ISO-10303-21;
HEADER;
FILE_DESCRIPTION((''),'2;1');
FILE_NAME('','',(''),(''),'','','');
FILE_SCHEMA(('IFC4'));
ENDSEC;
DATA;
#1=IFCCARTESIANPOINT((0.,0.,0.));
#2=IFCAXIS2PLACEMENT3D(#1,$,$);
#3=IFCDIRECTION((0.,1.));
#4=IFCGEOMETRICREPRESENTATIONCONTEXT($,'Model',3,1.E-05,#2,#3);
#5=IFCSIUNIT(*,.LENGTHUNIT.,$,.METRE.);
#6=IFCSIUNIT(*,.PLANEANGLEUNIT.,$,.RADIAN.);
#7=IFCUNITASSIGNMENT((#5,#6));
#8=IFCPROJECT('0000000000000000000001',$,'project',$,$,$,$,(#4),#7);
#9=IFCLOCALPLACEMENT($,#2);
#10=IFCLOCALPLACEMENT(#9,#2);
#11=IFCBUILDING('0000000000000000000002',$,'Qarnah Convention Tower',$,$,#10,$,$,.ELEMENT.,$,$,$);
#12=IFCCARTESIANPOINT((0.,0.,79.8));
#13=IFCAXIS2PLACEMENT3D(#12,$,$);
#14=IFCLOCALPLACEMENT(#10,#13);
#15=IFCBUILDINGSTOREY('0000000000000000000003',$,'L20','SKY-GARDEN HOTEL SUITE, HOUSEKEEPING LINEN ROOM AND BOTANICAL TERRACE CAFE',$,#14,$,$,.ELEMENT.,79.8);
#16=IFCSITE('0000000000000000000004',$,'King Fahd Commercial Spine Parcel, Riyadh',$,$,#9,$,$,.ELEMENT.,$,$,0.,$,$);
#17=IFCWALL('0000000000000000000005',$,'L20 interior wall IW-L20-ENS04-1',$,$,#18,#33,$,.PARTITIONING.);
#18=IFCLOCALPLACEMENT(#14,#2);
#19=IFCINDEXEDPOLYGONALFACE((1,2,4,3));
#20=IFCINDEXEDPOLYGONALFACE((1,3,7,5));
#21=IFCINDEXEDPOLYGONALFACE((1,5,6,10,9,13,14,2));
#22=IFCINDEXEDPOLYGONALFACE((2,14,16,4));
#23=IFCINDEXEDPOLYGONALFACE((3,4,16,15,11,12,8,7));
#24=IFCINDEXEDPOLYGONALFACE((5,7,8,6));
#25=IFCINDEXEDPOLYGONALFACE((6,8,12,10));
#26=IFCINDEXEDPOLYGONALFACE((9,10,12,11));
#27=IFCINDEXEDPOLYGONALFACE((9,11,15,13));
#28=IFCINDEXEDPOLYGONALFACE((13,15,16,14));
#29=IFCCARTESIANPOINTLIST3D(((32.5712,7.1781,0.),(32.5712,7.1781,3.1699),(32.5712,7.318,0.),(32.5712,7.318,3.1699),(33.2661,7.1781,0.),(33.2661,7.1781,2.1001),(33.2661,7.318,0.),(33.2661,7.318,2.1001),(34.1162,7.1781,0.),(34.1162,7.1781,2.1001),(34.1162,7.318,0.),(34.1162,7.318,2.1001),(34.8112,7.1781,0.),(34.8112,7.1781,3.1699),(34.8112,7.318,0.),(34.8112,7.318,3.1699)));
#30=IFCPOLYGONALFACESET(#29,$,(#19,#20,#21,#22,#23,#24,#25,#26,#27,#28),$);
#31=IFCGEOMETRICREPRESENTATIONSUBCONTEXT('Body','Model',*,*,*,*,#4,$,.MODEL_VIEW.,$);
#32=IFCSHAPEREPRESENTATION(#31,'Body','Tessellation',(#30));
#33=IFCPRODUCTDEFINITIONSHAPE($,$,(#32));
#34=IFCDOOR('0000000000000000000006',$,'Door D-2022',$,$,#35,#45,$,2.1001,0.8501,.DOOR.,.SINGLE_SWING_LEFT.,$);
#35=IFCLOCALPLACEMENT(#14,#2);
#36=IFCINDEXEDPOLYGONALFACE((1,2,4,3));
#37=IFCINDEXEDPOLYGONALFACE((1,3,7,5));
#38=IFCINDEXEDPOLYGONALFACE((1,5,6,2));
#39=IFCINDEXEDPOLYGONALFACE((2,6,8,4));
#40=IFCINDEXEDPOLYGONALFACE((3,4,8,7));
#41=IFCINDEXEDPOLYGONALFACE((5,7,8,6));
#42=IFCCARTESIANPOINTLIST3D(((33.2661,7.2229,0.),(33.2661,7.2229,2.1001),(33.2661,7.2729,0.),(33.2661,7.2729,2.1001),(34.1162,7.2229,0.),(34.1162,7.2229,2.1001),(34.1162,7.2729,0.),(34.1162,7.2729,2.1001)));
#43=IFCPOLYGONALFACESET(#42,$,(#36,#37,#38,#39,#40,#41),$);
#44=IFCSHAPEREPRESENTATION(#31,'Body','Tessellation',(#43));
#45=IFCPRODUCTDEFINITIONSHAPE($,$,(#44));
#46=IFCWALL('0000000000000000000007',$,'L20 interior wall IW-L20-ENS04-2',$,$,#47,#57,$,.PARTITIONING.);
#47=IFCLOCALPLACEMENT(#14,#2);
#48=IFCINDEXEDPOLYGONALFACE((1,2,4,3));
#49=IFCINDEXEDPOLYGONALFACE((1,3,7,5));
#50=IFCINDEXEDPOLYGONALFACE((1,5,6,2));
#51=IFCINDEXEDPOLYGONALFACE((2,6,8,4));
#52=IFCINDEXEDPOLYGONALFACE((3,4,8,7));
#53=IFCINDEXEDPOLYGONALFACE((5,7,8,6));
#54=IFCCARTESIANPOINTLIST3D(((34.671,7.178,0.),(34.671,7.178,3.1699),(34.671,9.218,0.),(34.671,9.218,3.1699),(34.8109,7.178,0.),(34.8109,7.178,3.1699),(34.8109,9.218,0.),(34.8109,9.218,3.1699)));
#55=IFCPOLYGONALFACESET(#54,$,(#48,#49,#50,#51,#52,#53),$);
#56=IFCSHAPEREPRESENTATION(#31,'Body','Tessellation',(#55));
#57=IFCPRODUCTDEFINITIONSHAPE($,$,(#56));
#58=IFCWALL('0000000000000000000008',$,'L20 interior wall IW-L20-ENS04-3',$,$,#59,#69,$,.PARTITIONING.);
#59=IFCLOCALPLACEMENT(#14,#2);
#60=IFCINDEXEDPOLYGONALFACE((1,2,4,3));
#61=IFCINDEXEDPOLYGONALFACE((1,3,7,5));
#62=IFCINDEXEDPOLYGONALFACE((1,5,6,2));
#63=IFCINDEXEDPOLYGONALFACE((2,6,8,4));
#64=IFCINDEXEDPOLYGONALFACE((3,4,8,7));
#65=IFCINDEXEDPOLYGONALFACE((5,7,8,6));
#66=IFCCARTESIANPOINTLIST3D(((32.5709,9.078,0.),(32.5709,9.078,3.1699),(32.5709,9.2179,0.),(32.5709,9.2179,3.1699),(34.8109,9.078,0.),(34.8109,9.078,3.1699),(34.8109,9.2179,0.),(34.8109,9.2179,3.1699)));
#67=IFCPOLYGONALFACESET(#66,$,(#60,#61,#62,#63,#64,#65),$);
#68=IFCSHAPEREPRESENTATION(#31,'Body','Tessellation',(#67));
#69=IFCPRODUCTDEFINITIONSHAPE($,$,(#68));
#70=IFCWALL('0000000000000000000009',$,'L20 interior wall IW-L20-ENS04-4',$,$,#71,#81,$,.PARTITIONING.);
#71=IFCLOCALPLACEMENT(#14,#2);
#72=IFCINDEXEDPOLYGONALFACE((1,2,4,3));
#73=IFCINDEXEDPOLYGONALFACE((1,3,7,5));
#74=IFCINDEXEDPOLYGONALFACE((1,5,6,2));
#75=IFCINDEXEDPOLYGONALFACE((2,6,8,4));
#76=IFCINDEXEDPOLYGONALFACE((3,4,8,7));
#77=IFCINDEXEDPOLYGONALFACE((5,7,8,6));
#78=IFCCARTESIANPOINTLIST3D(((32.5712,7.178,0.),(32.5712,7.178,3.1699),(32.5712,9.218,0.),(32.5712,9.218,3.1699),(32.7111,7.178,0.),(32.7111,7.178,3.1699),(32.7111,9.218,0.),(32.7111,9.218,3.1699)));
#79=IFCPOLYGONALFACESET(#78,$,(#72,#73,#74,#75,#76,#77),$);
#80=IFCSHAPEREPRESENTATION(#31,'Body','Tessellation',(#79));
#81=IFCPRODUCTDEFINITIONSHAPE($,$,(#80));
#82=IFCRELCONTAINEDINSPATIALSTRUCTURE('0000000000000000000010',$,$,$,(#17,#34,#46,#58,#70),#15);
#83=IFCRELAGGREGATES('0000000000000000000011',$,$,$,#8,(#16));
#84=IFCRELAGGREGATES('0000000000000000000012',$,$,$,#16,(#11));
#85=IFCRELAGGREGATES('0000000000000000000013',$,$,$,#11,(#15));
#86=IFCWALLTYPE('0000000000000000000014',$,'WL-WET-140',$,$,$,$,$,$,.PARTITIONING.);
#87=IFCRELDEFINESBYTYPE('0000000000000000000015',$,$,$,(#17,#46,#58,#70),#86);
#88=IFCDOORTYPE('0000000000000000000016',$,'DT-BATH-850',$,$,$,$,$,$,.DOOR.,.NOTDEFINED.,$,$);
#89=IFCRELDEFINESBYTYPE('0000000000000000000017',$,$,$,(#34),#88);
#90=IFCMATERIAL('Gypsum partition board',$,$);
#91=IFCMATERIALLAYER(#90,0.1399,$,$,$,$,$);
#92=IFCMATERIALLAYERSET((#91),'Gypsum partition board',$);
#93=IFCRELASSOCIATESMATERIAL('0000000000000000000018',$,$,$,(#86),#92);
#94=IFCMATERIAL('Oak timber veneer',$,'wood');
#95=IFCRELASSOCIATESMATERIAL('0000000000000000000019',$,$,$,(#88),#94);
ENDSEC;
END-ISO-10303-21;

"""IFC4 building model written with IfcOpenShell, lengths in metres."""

from ifc_helpers import new_model, si_unit, direction, frame, frame_2d, origin, place, context, subcontext, project, spatial, rectangle, extrude, material, layer, layer_set, type_object, element, fill, save


model = new_model("IFC4")

# Units and contexts
model_context = context("Model", 3, precision=1e-05, world=origin(), true_north=direction((0.0, 1.0)))
body_context = subcontext(model_context, "Body", "Model", "MODEL_VIEW")
ifc_project = project(units=[si_unit("LENGTHUNIT", "METRE"), si_unit("PLANEANGLEUNIT", "RADIAN")], contexts=[model_context])

# Site, building, storey
site_placement = place(None, origin())
site = spatial("IfcSite", under=ifc_project, at=site_placement, Name="King Fahd Commercial Spine Parcel, Riyadh", CompositionType="ELEMENT", RefElevation=0.0)
building_placement = place(site_placement, origin())
building = spatial("IfcBuilding", under=site, at=building_placement, Name="Qarnah Convention Tower", CompositionType="ELEMENT")
storey_placement = place(building_placement, frame((0.0, 0.0, 79.8)))
storey = spatial("IfcBuildingStorey", under=building, at=storey_placement, Name="L20", Description="SKY-GARDEN HOTEL SUITE, HOUSEKEEPING LINEN ROOM AND BOTANICAL TERRACE CAFE", CompositionType="ELEMENT", Elevation=79.8)

# Wall, opening, door
ifc_material_1 = material(Name="Gypsum partition board")
ifc_layer_1 = layer(ifc_material_1, 0.1399)
ifc_layer_set_1 = layer_set([ifc_layer_1], Name="Gypsum partition board")
wall_type = type_object("IfcWallType", Name="WL-WET-140", PredefinedType="PARTITIONING", material=ifc_layer_set_1)
wall_1_placement = place(storey_placement, frame((32.571, 7.248, 0.0), z_axis=(0.0, 0.0, 1.0), x_axis=(1.0, 0.0, 0.0)))
wall_1 = element("IfcWall", 1, at=wall_1_placement, inside=storey, type_object=wall_type, Name="L20 interior wall IW-L20-ENS04-1", PredefinedType="PARTITIONING", context=body_context, shape_type="SweptSolid", body=[
    extrude(rectangle(XDim=2.24, YDim=0.1399, at=frame_2d((1.1201, 0.0))), origin(), (0.0, 0.0, 1.0), 3.1699),
])
opening_placement = place(wall_1_placement, frame((0.6951, 0.0, 0.0)))
opening = element("IfcOpeningElement", 2, at=opening_placement, cuts=wall_1, PredefinedType="OPENING", context=body_context, shape_type="SweptSolid", body=[
    extrude(rectangle(XDim=0.8501, YDim=2.1001, at=frame_2d((0.425, 1.05))), frame((0.0, 0.0798, 0.0), z_axis=(0.0, -1.0, 0.0), x_axis=(1.0, 0.0, 0.0)), (0.0, 0.0, 1.0), 0.1599),
])
ifc_material_2 = material(Name="Oak timber veneer", Category="wood")
door_type = type_object("IfcDoorType", Name="DT-BATH-850", OperationType="NOTDEFINED", PredefinedType="DOOR", material=ifc_material_2)
door_placement = place(opening_placement, origin())
door = element("IfcDoor", 3, at=door_placement, inside=storey, type_object=door_type, Name="Door D-2022", OperationType="SINGLE_SWING_LEFT", OverallHeight=2.1001, OverallWidth=0.8501, PredefinedType="DOOR", context=body_context, shape_type="SweptSolid", body=[
    extrude(rectangle(XDim=0.8501, YDim=2.1001, at=frame_2d((0.425, 1.05))), frame((0.0, 0.0249, 0.0), z_axis=(0.0, -1.0, 0.0), x_axis=(1.0, 0.0, 0.0)), (0.0, 0.0, 1.0), 0.05),
])
fill(opening, door)

# Walls
wall_2_placement = place(storey_placement, frame((34.741, 7.178, 0.0), z_axis=(0.0, 0.0, 1.0), x_axis=(0.0, 1.0, 0.0)))
element("IfcWall", 4, at=wall_2_placement, inside=storey, type_object=wall_type, Name="L20 interior wall IW-L20-ENS04-2", PredefinedType="PARTITIONING", context=body_context, shape_type="SweptSolid", body=[
    extrude(rectangle(XDim=2.04, YDim=0.1399, at=frame_2d((1.02, 0.0))), origin(), (0.0, 0.0, 1.0), 3.1699),
])
wall_3_placement = place(storey_placement, frame((34.811, 9.1479, 0.0), z_axis=(0.0, 0.0, 1.0), x_axis=(-1.0, 0.0, 0.0)))
element("IfcWall", 5, at=wall_3_placement, inside=storey, type_object=wall_type, Name="L20 interior wall IW-L20-ENS04-3", PredefinedType="PARTITIONING", context=body_context, shape_type="SweptSolid", body=[
    extrude(rectangle(XDim=2.24, YDim=0.1399, at=frame_2d((1.1201, 0.0))), origin(), (0.0, 0.0, 1.0), 3.1699),
])
wall_4_placement = place(storey_placement, frame((32.6411, 9.218, 0.0), z_axis=(0.0, 0.0, 1.0), x_axis=(0.0, -1.0, 0.0)))
element("IfcWall", 6, at=wall_4_placement, inside=storey, type_object=wall_type, Name="L20 interior wall IW-L20-ENS04-4", PredefinedType="PARTITIONING", context=body_context, shape_type="SweptSolid", body=[
    extrude(rectangle(XDim=2.04, YDim=0.1399, at=frame_2d((1.02, 0.0))), origin(), (0.0, 0.0, 1.0), 3.1699),
])

save(model, "model.ifc")
